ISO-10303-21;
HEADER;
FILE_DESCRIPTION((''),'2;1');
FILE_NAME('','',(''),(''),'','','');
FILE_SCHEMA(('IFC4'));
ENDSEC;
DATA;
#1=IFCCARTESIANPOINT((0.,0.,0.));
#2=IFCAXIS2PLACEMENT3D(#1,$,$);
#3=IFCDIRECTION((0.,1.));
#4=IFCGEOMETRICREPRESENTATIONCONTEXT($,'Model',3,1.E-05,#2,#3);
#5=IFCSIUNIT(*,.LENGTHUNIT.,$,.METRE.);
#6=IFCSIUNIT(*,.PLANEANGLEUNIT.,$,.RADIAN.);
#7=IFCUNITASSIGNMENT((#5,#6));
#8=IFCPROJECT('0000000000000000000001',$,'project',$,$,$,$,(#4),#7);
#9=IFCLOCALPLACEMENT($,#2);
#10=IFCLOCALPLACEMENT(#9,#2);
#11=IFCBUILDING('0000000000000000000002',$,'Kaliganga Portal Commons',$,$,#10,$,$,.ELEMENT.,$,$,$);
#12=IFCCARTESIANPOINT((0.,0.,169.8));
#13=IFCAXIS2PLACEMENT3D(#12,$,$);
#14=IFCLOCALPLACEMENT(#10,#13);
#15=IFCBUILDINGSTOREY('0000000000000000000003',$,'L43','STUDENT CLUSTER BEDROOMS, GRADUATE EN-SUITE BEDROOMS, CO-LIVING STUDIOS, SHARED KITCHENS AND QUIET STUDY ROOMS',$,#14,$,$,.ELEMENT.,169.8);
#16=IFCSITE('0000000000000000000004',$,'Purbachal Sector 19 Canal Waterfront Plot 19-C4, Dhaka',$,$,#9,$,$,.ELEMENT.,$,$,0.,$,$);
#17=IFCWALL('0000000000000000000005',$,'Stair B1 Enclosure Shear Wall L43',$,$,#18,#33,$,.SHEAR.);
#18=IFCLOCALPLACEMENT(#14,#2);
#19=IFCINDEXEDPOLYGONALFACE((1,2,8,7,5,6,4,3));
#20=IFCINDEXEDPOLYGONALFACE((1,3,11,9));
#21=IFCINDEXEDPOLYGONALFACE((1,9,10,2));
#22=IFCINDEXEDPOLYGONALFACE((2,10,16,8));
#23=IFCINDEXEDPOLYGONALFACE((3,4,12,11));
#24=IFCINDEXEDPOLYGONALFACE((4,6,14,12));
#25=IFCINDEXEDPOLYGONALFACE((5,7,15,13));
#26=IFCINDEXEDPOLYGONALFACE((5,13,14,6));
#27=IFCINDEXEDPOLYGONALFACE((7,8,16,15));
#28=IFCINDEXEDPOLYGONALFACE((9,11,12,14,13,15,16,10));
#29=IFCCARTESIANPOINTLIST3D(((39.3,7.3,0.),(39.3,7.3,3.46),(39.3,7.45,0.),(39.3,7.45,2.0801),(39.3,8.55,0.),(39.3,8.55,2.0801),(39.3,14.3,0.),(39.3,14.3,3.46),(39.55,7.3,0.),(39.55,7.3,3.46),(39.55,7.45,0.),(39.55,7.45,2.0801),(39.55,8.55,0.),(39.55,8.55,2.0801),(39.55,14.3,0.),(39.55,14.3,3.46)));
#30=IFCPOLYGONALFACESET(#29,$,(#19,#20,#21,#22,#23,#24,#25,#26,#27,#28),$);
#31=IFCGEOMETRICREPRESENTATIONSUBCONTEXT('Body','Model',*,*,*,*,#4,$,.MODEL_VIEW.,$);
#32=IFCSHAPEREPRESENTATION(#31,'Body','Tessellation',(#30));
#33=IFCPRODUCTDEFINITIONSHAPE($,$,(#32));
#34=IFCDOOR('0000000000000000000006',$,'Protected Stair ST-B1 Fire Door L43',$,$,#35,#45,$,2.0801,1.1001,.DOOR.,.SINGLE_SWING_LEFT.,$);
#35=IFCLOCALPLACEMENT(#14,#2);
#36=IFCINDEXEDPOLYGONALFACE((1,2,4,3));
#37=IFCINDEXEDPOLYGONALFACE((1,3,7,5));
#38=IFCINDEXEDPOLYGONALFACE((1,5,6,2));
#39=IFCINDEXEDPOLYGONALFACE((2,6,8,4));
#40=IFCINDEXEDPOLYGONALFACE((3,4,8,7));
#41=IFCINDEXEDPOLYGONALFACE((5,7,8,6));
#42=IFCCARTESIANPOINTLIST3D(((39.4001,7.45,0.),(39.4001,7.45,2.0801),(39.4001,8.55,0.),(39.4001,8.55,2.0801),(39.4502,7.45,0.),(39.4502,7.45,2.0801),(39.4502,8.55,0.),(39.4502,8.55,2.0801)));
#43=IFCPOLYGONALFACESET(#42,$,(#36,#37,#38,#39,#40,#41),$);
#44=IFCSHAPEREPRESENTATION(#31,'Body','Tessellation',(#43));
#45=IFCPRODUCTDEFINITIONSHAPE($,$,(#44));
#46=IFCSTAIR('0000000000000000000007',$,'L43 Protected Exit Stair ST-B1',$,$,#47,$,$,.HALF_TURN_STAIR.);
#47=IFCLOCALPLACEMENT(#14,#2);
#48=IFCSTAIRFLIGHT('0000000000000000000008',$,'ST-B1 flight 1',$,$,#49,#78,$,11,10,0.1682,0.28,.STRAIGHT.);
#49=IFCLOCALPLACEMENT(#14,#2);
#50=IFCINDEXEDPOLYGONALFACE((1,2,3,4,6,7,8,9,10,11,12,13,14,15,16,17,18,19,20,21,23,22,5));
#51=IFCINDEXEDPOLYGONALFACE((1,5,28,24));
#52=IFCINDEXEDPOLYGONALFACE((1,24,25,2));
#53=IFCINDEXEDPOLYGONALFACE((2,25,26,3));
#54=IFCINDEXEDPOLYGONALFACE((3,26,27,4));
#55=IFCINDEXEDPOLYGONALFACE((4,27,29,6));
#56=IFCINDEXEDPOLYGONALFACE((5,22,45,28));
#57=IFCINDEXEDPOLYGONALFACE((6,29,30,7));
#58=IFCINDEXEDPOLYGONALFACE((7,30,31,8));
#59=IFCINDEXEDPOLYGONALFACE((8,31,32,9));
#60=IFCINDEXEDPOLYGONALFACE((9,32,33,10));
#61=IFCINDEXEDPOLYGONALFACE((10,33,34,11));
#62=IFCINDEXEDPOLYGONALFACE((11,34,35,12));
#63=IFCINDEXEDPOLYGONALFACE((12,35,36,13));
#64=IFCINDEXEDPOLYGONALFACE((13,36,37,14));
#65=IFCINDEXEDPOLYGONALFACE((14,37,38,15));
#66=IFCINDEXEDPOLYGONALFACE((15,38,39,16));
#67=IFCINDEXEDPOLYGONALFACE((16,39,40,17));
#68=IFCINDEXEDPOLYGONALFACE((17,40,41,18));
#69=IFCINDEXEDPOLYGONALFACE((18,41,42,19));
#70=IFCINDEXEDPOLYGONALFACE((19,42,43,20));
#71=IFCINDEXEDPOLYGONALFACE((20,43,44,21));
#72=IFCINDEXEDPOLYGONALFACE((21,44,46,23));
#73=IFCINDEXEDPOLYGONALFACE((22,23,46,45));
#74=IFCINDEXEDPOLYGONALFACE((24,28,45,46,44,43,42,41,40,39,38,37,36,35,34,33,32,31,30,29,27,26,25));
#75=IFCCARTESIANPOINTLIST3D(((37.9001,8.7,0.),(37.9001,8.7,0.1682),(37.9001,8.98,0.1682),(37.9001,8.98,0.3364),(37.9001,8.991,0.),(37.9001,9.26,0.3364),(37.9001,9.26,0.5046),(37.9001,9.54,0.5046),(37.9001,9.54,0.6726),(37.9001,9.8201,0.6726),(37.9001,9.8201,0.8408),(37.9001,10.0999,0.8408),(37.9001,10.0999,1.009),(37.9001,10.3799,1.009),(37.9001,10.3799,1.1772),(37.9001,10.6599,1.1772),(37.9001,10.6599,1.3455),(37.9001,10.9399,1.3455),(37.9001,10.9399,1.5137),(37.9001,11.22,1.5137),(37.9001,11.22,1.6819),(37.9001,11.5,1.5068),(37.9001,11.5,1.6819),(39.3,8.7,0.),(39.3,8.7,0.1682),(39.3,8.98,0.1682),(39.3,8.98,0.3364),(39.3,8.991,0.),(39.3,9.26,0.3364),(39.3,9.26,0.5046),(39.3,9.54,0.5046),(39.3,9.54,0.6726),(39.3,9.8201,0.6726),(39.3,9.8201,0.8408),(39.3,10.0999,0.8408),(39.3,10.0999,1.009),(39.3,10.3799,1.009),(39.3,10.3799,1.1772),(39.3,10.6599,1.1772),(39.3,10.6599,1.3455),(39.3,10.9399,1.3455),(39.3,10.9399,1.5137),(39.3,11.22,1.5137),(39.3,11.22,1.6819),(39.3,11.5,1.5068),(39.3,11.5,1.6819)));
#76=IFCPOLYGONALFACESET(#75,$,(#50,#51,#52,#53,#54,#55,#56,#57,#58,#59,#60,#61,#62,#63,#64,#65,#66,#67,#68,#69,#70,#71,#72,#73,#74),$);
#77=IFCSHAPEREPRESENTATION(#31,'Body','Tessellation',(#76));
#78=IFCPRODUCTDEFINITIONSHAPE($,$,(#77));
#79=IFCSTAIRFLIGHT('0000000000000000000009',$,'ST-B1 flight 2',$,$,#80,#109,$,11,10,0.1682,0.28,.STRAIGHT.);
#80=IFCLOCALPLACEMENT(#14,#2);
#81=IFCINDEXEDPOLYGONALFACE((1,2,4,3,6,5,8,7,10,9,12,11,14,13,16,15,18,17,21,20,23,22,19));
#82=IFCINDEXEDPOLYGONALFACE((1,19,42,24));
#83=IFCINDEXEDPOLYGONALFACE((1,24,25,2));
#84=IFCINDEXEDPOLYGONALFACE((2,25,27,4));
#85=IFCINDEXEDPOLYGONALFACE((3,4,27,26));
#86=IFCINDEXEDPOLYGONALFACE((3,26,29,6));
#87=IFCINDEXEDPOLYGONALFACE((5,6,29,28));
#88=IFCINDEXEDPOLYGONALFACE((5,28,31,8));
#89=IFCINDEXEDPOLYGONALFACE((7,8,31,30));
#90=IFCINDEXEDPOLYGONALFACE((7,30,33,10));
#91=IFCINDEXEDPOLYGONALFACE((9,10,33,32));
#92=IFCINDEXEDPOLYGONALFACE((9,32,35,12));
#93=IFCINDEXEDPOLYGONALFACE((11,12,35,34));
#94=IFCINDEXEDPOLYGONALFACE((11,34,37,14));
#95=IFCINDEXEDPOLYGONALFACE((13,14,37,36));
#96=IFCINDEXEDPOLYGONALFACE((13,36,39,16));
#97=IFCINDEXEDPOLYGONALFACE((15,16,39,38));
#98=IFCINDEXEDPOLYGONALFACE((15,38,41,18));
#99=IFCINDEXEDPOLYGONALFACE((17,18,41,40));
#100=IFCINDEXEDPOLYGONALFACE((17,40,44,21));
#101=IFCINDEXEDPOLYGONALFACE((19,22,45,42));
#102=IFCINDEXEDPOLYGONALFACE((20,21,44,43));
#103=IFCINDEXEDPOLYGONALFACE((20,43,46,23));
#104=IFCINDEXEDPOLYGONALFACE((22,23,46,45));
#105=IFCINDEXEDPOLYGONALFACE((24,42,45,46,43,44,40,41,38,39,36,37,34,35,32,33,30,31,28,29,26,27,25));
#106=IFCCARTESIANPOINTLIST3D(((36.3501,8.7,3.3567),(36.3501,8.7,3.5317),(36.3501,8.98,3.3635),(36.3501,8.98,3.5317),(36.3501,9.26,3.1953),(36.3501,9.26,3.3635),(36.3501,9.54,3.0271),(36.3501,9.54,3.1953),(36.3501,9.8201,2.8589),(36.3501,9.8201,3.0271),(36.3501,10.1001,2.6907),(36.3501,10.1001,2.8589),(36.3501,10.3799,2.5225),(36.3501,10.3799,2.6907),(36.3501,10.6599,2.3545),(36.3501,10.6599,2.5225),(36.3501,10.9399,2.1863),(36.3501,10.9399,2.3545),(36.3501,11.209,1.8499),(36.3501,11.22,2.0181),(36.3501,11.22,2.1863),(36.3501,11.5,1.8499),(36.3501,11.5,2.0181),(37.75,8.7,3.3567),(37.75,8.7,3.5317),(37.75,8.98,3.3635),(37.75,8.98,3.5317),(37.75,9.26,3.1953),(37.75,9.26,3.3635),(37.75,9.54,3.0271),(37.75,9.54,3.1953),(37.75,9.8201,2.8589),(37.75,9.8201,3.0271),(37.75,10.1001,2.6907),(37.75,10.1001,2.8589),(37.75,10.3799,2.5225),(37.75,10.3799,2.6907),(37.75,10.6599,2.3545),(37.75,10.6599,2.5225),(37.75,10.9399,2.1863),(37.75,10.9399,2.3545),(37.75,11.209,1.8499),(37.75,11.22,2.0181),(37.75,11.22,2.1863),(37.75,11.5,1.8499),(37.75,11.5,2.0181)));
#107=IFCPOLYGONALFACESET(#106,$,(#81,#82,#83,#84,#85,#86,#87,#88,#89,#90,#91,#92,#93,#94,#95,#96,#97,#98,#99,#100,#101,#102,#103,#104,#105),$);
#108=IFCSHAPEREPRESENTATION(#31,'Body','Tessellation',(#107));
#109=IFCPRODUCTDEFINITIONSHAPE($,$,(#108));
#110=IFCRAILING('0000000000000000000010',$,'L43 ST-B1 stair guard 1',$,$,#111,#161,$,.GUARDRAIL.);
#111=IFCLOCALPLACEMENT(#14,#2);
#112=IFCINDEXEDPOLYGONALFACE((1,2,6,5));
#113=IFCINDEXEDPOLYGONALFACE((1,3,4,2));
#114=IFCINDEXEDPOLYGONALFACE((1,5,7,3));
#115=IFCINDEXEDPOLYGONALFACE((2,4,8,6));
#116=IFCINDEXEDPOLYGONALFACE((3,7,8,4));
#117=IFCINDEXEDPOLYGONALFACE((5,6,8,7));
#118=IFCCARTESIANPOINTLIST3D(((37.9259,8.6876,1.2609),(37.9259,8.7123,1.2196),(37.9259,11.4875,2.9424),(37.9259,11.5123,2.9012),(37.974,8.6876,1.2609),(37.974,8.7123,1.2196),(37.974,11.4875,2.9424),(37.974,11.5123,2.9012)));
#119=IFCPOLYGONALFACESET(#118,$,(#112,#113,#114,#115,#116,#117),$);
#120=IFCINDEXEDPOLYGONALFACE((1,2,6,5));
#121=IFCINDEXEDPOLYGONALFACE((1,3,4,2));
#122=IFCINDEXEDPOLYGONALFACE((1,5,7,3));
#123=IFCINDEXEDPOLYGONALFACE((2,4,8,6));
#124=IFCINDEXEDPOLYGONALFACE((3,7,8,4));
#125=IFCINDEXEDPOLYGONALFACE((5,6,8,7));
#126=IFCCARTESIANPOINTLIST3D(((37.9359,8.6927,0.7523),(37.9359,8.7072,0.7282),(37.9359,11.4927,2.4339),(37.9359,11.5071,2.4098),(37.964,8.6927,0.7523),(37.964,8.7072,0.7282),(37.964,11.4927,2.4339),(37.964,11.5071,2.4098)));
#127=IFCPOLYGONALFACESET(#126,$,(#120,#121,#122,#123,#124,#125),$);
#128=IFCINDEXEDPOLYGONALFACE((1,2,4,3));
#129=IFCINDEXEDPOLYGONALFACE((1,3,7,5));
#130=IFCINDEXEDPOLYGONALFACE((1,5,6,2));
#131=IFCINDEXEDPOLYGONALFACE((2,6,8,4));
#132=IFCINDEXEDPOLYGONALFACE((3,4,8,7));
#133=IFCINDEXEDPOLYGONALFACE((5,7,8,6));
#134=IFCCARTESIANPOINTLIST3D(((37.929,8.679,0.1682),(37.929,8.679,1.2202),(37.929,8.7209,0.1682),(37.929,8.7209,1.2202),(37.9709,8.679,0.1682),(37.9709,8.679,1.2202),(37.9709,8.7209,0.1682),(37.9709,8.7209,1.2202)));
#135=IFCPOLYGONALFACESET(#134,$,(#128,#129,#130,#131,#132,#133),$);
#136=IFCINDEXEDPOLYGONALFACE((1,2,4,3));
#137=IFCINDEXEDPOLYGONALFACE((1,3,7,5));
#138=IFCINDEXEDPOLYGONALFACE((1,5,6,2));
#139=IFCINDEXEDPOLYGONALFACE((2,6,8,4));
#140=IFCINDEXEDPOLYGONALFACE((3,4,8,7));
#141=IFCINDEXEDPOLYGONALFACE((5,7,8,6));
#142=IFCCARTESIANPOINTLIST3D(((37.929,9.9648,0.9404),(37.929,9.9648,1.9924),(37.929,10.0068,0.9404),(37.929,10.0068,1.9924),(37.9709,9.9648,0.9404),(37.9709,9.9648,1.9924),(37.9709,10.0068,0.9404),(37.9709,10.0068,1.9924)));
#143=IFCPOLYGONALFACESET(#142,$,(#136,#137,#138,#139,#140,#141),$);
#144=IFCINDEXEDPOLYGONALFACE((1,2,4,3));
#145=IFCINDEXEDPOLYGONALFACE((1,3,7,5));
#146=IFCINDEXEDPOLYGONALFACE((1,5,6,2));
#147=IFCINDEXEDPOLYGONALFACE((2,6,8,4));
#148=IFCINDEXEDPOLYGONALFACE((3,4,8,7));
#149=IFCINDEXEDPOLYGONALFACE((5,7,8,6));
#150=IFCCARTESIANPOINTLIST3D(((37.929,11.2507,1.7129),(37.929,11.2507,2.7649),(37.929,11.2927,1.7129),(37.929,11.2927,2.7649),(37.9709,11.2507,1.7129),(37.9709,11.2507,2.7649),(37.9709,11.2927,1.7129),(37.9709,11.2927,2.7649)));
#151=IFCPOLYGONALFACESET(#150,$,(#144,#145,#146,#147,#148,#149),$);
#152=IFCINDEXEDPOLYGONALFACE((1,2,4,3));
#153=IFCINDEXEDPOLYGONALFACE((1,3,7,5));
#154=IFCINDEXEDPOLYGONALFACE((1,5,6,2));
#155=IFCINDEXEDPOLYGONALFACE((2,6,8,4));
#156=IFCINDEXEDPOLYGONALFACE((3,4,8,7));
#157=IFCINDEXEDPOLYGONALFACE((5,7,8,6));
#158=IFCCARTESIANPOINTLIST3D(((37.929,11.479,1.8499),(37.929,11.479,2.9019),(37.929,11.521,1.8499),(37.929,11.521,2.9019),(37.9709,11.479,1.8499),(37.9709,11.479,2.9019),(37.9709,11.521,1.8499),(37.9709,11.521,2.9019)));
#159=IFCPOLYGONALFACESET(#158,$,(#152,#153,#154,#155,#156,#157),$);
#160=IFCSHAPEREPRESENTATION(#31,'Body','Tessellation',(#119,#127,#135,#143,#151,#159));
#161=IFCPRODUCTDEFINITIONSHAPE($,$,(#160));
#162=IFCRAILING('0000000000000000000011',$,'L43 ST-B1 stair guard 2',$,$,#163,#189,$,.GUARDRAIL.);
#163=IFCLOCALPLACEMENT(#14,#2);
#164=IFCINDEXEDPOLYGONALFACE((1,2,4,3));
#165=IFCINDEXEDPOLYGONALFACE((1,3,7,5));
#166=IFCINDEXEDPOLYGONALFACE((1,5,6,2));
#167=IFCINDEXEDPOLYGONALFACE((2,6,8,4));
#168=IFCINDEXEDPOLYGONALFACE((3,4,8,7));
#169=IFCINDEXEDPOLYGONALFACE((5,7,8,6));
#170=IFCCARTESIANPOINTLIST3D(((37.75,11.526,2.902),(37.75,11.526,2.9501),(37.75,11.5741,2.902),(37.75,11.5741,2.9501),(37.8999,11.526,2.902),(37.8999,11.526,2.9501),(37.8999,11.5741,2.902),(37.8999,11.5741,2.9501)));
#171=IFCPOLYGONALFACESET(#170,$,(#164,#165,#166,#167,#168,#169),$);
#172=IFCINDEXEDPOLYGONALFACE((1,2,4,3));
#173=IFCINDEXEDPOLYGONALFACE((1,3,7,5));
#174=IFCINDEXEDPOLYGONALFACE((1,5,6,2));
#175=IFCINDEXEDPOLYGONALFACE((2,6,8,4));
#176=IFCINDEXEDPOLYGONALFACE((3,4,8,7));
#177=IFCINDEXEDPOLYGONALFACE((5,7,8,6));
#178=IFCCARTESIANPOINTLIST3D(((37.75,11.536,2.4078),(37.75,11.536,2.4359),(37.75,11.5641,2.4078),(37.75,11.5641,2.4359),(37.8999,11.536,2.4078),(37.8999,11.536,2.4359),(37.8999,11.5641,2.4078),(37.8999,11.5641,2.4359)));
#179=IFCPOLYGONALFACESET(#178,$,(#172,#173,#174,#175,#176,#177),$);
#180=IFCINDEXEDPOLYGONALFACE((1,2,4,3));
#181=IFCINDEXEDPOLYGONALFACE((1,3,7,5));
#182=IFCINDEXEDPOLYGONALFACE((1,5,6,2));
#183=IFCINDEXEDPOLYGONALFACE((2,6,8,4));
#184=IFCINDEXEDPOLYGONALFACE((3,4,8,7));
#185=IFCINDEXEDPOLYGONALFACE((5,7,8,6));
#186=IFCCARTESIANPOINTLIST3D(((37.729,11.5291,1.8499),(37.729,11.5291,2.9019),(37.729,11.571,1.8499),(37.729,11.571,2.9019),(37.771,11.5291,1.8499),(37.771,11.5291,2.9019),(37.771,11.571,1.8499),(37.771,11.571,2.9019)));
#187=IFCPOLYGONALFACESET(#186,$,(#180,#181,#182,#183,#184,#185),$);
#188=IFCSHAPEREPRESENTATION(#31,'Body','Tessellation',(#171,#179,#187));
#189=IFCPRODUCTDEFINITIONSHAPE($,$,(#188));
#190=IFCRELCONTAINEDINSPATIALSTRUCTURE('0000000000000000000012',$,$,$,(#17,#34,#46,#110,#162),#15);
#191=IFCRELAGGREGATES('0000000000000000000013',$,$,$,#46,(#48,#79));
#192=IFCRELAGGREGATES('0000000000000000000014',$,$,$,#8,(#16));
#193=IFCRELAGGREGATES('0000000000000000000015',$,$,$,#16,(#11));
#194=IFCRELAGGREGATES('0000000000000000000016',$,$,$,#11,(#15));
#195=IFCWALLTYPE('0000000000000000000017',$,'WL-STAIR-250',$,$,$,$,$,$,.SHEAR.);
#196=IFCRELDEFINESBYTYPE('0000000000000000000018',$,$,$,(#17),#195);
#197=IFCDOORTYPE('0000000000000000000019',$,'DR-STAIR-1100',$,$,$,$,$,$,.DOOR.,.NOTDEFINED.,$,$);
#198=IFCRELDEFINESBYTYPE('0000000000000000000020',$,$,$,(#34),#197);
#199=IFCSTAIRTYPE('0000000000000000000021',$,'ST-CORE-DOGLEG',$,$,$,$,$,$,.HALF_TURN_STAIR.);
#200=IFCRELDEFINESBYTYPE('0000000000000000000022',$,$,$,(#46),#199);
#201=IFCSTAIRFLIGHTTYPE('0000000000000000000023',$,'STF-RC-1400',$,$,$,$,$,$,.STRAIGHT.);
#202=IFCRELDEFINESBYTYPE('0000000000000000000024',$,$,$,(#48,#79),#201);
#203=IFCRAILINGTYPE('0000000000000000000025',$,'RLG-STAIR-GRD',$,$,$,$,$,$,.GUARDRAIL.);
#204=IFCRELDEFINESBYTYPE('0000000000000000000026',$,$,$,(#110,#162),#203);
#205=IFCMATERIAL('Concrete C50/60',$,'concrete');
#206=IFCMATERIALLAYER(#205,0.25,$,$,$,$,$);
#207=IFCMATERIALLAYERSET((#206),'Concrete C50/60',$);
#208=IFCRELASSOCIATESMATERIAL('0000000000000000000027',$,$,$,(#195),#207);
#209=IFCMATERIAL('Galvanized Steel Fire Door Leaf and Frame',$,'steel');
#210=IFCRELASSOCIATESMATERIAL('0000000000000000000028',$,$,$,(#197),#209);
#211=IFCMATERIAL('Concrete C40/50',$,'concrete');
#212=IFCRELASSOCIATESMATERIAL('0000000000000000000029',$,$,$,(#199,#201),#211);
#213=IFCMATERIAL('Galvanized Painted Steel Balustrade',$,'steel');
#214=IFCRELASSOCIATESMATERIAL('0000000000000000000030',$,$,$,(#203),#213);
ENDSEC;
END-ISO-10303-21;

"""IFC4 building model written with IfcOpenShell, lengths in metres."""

from ifc_helpers import new_model, si_unit, direction, frame, frame_2d, origin, origin_2d, place, context, subcontext, project, spatial, polyline, rectangle, outline, extrude, material, layer, layer_set, type_object, element, fill, aggregate, save


model = new_model("IFC4")

# Units and contexts
model_context = context("Model", 3, precision=1e-05, world=origin(), true_north=direction((0.0, 1.0)))
body_context = subcontext(model_context, "Body", "Model", "MODEL_VIEW")
ifc_project = project(units=[si_unit("LENGTHUNIT", "METRE"), si_unit("PLANEANGLEUNIT", "RADIAN")], contexts=[model_context])

# Site, building, storey
site_placement = place(None, origin())
site = spatial("IfcSite", under=ifc_project, at=site_placement, Name="Purbachal Sector 19 Canal Waterfront Plot 19-C4, Dhaka", CompositionType="ELEMENT", RefElevation=0.0)
building_placement = place(site_placement, origin())
building = spatial("IfcBuilding", under=site, at=building_placement, Name="Kaliganga Portal Commons", CompositionType="ELEMENT")
storey_placement = place(building_placement, frame((0.0, 0.0, 169.8)))
storey = spatial("IfcBuildingStorey", under=building, at=storey_placement, Name="L43", Description="STUDENT CLUSTER BEDROOMS, GRADUATE EN-SUITE BEDROOMS, CO-LIVING STUDIOS, SHARED KITCHENS AND QUIET STUDY ROOMS", CompositionType="ELEMENT", Elevation=169.8)

# Shared definitions
ifc_material_1 = material(Name="Concrete C50/60", Category="concrete")

# Wall, opening, door
ifc_layer_1 = layer(ifc_material_1, 0.25)
ifc_layer_set_1 = layer_set([ifc_layer_1], Name="Concrete C50/60")
wall_type_1 = type_object("IfcWallType", Name="WL-STAIR-250", PredefinedType="SHEAR", material=ifc_layer_set_1)
wall_1_placement = place(storey_placement, frame((39.425, 7.3, 0.0), z_axis=(0.0, 0.0, 1.0), x_axis=(0.0, 1.0, 0.0)))
wall_1 = element("IfcWall", 1, at=wall_1_placement, inside=storey, type_object=wall_type_1, Name="Stair B1 Enclosure Shear Wall L43", PredefinedType="SHEAR", context=body_context, shape_type="SweptSolid", body=[
    extrude(rectangle(XDim=7.0, YDim=0.25, at=frame_2d((3.5, 0.0))), origin(), (0.0, 0.0, 1.0), 3.46),
])
opening_1_placement = place(wall_1_placement, frame((0.1499, 0.0, 0.0)))
opening_1 = element("IfcOpeningElement", 2, at=opening_1_placement, cuts=wall_1, PredefinedType="OPENING", context=body_context, shape_type="SweptSolid", body=[
    extrude(rectangle(XDim=1.1001, YDim=2.0801, at=frame_2d((0.55, 1.04))), frame((0.0, 0.135, 0.0), z_axis=(0.0, -1.0, 0.0), x_axis=(1.0, 0.0, 0.0)), (0.0, 0.0, 1.0), 0.27),
])
ifc_material_2 = material(Name="Galvanized Steel Fire Door Leaf and Frame", Category="steel")
door_type_1 = type_object("IfcDoorType", Name="DR-STAIR-1100", OperationType="NOTDEFINED", PredefinedType="DOOR", material=ifc_material_2)
door_1_placement = place(opening_1_placement, origin())
door_1 = element("IfcDoor", 3, at=door_1_placement, inside=storey, type_object=door_type_1, Name="Protected Stair ST-B1 Fire Door L43", OperationType="SINGLE_SWING_LEFT", OverallHeight=2.0801, OverallWidth=1.1001, PredefinedType="DOOR", context=body_context, shape_type="SweptSolid", body=[
    extrude(rectangle(XDim=1.1001, YDim=2.0801, at=frame_2d((0.55, 1.04))), frame((0.0, 0.0249, 0.0), z_axis=(0.0, -1.0, 0.0), x_axis=(1.0, 0.0, 0.0)), (0.0, 0.0, 1.0), 0.05),
])
fill(opening_1, door_1)

# Stair, stair flights
ifc_material_3 = material(Name="Concrete C40/50", Category="concrete")
stair_type = type_object("IfcStairType", Name="ST-CORE-DOGLEG", PredefinedType="HALF_TURN_STAIR", material=ifc_material_3)
stair_placement = place(storey_placement, origin())
stair = element("IfcStair", 4, at=stair_placement, inside=storey, type_object=stair_type, Name="L43 Protected Exit Stair ST-B1", PredefinedType="HALF_TURN_STAIR")
stair_flight_type = type_object("IfcStairFlightType", Name="STF-RC-1400", PredefinedType="STRAIGHT", material=ifc_material_3)
stair_flight_1_placement = place(storey_placement, frame((38.6001, 8.7, 0.0), z_axis=(0.0, 0.0, 1.0), x_axis=(0.0, 1.0, 0.0)))
stair_flight_1 = element("IfcStairFlight", 5, at=stair_flight_1_placement, type_object=stair_flight_type, Name="ST-B1 flight 1", NumberOfRisers=11, NumberOfTreads=10, PredefinedType="STRAIGHT", RiserHeight=0.1682, TreadLength=0.28, context=body_context, shape_type="SweptSolid", body=[
    extrude(outline(polyline([(0.0, 0.0), (0.0, 0.1682), (0.28, 0.1682), (0.28, 0.3364), (0.5601, 0.3364), (0.5601, 0.5046), (0.8401, 0.5046), (0.8401, 0.6726), (1.1201, 0.6726), (1.1201, 0.8408), (1.3999, 0.8408), (1.3999, 1.009), (1.6799, 1.009), (1.6799, 1.1772), (1.96, 1.1772), (1.96, 1.3455), (2.24, 1.3455), (2.24, 1.5137), (2.52, 1.5137), (2.52, 1.6819), (2.8, 1.6819), (2.8, 1.8501), (2.8, 1.5068), (0.291, 0.0), (0.0, 0.0)])), frame((0.0, 0.7, 0.0), z_axis=(0.0, -1.0, 0.0), x_axis=(1.0, 0.0, 0.0)), (0.0, 0.0, 1.0), 1.3999),
])
stair_flight_2_placement = place(storey_placement, frame((37.05, 11.5, 1.8499), z_axis=(0.0, 0.0, 1.0), x_axis=(0.0, -1.0, 0.0)))
stair_flight_2 = element("IfcStairFlight", 6, at=stair_flight_2_placement, type_object=stair_flight_type, Name="ST-B1 flight 2", NumberOfRisers=11, NumberOfTreads=10, PredefinedType="STRAIGHT", RiserHeight=0.1682, TreadLength=0.28, context=body_context, shape_type="SweptSolid", body=[
    extrude(outline(polyline([(0.0, 0.0), (0.0, 0.1682), (0.28, 0.1682), (0.28, 0.3364), (0.5601, 0.3364), (0.5601, 0.5046), (0.8401, 0.5046), (0.8401, 0.6726), (1.1201, 0.6726), (1.1201, 0.8408), (1.3999, 0.8408), (1.3999, 1.009), (1.6799, 1.009), (1.6799, 1.1772), (1.96, 1.1772), (1.96, 1.3455), (2.24, 1.3455), (2.24, 1.5137), (2.52, 1.5137), (2.52, 1.6819), (2.8, 1.6819), (2.8, 1.8501), (2.8, 1.5068), (0.291, 0.0), (0.0, 0.0)])), frame((0.0, 0.7, 0.0), z_axis=(0.0, -1.0, 0.0), x_axis=(1.0, 0.0, 0.0)), (0.0, 0.0, 1.0), 1.3999),
])
aggregate(stair, [stair_flight_1, stair_flight_2])

# Railings
ifc_material_4 = material(Name="Galvanized Painted Steel Balustrade", Category="steel")
railing_type_1 = type_object("IfcRailingType", Name="RLG-STAIR-GRD", PredefinedType="GUARDRAIL", material=ifc_material_4)
railing_1_placement = place(storey_placement, frame((37.95, 8.7, 0.1682)))
element("IfcRailing", 7, at=railing_1_placement, inside=storey, type_object=railing_type_1, Name="L43 ST-B1 stair guard 1", PredefinedType="GUARDRAIL", context=body_context, shape_type="SweptSolid", body=[
    extrude(rectangle(XDim=0.0481, YDim=0.0481, at=origin_2d()), frame((0.0, 0.0, 1.072), z_axis=(0.0, 0.857275, 0.514858), x_axis=(-1.0, 0.0, 0.0)), (0.0, 0.0, 1.0), 3.2661),
    extrude(rectangle(XDim=0.0281, YDim=0.0281, at=origin_2d()), frame((0.0, 0.0, 0.572), z_axis=(0.0, 0.857275, 0.514858), x_axis=(-1.0, 0.0, 0.0)), (0.0, 0.0, 1.0), 3.2661),
    extrude(rectangle(XDim=0.042, YDim=0.042, at=origin_2d()), origin(), (0.0, 0.0, 1.0), 1.052),
    extrude(rectangle(XDim=0.042, YDim=0.042, at=origin_2d()), frame((0.0, 1.2859, 0.7722)), (0.0, 0.0, 1.0), 1.052),
    extrude(rectangle(XDim=0.042, YDim=0.042, at=origin_2d()), frame((0.0, 2.5718, 1.5447)), (0.0, 0.0, 1.0), 1.052),
    extrude(rectangle(XDim=0.042, YDim=0.042, at=origin_2d()), frame((0.0, 2.8, 1.6816)), (0.0, 0.0, 1.0), 1.052),
])
railing_2_placement = place(storey_placement, frame((37.8999, 11.55, 1.8499)))
element("IfcRailing", 8, at=railing_2_placement, inside=storey, type_object=railing_type_1, Name="L43 ST-B1 stair guard 2", PredefinedType="GUARDRAIL", context=body_context, shape_type="SweptSolid", body=[
    extrude(rectangle(XDim=0.0481, YDim=0.0481, at=origin_2d()), frame((0.0, 0.0, 1.0762), z_axis=(-1.0, 0.0, 0.0), x_axis=(0.0, -1.0, 0.0)), (0.0, 0.0, 1.0), 0.1499),
    extrude(rectangle(XDim=0.0281, YDim=0.0281, at=origin_2d()), frame((0.0, 0.0, 0.572), z_axis=(-1.0, 0.0, 0.0), x_axis=(0.0, -1.0, 0.0)), (0.0, 0.0, 1.0), 0.1499),
    extrude(rectangle(XDim=0.042, YDim=0.042, at=origin_2d()), frame((-0.1499, 0.0, 0.0)), (0.0, 0.0, 1.0), 1.052),
])

save(model, "model.ifc")
